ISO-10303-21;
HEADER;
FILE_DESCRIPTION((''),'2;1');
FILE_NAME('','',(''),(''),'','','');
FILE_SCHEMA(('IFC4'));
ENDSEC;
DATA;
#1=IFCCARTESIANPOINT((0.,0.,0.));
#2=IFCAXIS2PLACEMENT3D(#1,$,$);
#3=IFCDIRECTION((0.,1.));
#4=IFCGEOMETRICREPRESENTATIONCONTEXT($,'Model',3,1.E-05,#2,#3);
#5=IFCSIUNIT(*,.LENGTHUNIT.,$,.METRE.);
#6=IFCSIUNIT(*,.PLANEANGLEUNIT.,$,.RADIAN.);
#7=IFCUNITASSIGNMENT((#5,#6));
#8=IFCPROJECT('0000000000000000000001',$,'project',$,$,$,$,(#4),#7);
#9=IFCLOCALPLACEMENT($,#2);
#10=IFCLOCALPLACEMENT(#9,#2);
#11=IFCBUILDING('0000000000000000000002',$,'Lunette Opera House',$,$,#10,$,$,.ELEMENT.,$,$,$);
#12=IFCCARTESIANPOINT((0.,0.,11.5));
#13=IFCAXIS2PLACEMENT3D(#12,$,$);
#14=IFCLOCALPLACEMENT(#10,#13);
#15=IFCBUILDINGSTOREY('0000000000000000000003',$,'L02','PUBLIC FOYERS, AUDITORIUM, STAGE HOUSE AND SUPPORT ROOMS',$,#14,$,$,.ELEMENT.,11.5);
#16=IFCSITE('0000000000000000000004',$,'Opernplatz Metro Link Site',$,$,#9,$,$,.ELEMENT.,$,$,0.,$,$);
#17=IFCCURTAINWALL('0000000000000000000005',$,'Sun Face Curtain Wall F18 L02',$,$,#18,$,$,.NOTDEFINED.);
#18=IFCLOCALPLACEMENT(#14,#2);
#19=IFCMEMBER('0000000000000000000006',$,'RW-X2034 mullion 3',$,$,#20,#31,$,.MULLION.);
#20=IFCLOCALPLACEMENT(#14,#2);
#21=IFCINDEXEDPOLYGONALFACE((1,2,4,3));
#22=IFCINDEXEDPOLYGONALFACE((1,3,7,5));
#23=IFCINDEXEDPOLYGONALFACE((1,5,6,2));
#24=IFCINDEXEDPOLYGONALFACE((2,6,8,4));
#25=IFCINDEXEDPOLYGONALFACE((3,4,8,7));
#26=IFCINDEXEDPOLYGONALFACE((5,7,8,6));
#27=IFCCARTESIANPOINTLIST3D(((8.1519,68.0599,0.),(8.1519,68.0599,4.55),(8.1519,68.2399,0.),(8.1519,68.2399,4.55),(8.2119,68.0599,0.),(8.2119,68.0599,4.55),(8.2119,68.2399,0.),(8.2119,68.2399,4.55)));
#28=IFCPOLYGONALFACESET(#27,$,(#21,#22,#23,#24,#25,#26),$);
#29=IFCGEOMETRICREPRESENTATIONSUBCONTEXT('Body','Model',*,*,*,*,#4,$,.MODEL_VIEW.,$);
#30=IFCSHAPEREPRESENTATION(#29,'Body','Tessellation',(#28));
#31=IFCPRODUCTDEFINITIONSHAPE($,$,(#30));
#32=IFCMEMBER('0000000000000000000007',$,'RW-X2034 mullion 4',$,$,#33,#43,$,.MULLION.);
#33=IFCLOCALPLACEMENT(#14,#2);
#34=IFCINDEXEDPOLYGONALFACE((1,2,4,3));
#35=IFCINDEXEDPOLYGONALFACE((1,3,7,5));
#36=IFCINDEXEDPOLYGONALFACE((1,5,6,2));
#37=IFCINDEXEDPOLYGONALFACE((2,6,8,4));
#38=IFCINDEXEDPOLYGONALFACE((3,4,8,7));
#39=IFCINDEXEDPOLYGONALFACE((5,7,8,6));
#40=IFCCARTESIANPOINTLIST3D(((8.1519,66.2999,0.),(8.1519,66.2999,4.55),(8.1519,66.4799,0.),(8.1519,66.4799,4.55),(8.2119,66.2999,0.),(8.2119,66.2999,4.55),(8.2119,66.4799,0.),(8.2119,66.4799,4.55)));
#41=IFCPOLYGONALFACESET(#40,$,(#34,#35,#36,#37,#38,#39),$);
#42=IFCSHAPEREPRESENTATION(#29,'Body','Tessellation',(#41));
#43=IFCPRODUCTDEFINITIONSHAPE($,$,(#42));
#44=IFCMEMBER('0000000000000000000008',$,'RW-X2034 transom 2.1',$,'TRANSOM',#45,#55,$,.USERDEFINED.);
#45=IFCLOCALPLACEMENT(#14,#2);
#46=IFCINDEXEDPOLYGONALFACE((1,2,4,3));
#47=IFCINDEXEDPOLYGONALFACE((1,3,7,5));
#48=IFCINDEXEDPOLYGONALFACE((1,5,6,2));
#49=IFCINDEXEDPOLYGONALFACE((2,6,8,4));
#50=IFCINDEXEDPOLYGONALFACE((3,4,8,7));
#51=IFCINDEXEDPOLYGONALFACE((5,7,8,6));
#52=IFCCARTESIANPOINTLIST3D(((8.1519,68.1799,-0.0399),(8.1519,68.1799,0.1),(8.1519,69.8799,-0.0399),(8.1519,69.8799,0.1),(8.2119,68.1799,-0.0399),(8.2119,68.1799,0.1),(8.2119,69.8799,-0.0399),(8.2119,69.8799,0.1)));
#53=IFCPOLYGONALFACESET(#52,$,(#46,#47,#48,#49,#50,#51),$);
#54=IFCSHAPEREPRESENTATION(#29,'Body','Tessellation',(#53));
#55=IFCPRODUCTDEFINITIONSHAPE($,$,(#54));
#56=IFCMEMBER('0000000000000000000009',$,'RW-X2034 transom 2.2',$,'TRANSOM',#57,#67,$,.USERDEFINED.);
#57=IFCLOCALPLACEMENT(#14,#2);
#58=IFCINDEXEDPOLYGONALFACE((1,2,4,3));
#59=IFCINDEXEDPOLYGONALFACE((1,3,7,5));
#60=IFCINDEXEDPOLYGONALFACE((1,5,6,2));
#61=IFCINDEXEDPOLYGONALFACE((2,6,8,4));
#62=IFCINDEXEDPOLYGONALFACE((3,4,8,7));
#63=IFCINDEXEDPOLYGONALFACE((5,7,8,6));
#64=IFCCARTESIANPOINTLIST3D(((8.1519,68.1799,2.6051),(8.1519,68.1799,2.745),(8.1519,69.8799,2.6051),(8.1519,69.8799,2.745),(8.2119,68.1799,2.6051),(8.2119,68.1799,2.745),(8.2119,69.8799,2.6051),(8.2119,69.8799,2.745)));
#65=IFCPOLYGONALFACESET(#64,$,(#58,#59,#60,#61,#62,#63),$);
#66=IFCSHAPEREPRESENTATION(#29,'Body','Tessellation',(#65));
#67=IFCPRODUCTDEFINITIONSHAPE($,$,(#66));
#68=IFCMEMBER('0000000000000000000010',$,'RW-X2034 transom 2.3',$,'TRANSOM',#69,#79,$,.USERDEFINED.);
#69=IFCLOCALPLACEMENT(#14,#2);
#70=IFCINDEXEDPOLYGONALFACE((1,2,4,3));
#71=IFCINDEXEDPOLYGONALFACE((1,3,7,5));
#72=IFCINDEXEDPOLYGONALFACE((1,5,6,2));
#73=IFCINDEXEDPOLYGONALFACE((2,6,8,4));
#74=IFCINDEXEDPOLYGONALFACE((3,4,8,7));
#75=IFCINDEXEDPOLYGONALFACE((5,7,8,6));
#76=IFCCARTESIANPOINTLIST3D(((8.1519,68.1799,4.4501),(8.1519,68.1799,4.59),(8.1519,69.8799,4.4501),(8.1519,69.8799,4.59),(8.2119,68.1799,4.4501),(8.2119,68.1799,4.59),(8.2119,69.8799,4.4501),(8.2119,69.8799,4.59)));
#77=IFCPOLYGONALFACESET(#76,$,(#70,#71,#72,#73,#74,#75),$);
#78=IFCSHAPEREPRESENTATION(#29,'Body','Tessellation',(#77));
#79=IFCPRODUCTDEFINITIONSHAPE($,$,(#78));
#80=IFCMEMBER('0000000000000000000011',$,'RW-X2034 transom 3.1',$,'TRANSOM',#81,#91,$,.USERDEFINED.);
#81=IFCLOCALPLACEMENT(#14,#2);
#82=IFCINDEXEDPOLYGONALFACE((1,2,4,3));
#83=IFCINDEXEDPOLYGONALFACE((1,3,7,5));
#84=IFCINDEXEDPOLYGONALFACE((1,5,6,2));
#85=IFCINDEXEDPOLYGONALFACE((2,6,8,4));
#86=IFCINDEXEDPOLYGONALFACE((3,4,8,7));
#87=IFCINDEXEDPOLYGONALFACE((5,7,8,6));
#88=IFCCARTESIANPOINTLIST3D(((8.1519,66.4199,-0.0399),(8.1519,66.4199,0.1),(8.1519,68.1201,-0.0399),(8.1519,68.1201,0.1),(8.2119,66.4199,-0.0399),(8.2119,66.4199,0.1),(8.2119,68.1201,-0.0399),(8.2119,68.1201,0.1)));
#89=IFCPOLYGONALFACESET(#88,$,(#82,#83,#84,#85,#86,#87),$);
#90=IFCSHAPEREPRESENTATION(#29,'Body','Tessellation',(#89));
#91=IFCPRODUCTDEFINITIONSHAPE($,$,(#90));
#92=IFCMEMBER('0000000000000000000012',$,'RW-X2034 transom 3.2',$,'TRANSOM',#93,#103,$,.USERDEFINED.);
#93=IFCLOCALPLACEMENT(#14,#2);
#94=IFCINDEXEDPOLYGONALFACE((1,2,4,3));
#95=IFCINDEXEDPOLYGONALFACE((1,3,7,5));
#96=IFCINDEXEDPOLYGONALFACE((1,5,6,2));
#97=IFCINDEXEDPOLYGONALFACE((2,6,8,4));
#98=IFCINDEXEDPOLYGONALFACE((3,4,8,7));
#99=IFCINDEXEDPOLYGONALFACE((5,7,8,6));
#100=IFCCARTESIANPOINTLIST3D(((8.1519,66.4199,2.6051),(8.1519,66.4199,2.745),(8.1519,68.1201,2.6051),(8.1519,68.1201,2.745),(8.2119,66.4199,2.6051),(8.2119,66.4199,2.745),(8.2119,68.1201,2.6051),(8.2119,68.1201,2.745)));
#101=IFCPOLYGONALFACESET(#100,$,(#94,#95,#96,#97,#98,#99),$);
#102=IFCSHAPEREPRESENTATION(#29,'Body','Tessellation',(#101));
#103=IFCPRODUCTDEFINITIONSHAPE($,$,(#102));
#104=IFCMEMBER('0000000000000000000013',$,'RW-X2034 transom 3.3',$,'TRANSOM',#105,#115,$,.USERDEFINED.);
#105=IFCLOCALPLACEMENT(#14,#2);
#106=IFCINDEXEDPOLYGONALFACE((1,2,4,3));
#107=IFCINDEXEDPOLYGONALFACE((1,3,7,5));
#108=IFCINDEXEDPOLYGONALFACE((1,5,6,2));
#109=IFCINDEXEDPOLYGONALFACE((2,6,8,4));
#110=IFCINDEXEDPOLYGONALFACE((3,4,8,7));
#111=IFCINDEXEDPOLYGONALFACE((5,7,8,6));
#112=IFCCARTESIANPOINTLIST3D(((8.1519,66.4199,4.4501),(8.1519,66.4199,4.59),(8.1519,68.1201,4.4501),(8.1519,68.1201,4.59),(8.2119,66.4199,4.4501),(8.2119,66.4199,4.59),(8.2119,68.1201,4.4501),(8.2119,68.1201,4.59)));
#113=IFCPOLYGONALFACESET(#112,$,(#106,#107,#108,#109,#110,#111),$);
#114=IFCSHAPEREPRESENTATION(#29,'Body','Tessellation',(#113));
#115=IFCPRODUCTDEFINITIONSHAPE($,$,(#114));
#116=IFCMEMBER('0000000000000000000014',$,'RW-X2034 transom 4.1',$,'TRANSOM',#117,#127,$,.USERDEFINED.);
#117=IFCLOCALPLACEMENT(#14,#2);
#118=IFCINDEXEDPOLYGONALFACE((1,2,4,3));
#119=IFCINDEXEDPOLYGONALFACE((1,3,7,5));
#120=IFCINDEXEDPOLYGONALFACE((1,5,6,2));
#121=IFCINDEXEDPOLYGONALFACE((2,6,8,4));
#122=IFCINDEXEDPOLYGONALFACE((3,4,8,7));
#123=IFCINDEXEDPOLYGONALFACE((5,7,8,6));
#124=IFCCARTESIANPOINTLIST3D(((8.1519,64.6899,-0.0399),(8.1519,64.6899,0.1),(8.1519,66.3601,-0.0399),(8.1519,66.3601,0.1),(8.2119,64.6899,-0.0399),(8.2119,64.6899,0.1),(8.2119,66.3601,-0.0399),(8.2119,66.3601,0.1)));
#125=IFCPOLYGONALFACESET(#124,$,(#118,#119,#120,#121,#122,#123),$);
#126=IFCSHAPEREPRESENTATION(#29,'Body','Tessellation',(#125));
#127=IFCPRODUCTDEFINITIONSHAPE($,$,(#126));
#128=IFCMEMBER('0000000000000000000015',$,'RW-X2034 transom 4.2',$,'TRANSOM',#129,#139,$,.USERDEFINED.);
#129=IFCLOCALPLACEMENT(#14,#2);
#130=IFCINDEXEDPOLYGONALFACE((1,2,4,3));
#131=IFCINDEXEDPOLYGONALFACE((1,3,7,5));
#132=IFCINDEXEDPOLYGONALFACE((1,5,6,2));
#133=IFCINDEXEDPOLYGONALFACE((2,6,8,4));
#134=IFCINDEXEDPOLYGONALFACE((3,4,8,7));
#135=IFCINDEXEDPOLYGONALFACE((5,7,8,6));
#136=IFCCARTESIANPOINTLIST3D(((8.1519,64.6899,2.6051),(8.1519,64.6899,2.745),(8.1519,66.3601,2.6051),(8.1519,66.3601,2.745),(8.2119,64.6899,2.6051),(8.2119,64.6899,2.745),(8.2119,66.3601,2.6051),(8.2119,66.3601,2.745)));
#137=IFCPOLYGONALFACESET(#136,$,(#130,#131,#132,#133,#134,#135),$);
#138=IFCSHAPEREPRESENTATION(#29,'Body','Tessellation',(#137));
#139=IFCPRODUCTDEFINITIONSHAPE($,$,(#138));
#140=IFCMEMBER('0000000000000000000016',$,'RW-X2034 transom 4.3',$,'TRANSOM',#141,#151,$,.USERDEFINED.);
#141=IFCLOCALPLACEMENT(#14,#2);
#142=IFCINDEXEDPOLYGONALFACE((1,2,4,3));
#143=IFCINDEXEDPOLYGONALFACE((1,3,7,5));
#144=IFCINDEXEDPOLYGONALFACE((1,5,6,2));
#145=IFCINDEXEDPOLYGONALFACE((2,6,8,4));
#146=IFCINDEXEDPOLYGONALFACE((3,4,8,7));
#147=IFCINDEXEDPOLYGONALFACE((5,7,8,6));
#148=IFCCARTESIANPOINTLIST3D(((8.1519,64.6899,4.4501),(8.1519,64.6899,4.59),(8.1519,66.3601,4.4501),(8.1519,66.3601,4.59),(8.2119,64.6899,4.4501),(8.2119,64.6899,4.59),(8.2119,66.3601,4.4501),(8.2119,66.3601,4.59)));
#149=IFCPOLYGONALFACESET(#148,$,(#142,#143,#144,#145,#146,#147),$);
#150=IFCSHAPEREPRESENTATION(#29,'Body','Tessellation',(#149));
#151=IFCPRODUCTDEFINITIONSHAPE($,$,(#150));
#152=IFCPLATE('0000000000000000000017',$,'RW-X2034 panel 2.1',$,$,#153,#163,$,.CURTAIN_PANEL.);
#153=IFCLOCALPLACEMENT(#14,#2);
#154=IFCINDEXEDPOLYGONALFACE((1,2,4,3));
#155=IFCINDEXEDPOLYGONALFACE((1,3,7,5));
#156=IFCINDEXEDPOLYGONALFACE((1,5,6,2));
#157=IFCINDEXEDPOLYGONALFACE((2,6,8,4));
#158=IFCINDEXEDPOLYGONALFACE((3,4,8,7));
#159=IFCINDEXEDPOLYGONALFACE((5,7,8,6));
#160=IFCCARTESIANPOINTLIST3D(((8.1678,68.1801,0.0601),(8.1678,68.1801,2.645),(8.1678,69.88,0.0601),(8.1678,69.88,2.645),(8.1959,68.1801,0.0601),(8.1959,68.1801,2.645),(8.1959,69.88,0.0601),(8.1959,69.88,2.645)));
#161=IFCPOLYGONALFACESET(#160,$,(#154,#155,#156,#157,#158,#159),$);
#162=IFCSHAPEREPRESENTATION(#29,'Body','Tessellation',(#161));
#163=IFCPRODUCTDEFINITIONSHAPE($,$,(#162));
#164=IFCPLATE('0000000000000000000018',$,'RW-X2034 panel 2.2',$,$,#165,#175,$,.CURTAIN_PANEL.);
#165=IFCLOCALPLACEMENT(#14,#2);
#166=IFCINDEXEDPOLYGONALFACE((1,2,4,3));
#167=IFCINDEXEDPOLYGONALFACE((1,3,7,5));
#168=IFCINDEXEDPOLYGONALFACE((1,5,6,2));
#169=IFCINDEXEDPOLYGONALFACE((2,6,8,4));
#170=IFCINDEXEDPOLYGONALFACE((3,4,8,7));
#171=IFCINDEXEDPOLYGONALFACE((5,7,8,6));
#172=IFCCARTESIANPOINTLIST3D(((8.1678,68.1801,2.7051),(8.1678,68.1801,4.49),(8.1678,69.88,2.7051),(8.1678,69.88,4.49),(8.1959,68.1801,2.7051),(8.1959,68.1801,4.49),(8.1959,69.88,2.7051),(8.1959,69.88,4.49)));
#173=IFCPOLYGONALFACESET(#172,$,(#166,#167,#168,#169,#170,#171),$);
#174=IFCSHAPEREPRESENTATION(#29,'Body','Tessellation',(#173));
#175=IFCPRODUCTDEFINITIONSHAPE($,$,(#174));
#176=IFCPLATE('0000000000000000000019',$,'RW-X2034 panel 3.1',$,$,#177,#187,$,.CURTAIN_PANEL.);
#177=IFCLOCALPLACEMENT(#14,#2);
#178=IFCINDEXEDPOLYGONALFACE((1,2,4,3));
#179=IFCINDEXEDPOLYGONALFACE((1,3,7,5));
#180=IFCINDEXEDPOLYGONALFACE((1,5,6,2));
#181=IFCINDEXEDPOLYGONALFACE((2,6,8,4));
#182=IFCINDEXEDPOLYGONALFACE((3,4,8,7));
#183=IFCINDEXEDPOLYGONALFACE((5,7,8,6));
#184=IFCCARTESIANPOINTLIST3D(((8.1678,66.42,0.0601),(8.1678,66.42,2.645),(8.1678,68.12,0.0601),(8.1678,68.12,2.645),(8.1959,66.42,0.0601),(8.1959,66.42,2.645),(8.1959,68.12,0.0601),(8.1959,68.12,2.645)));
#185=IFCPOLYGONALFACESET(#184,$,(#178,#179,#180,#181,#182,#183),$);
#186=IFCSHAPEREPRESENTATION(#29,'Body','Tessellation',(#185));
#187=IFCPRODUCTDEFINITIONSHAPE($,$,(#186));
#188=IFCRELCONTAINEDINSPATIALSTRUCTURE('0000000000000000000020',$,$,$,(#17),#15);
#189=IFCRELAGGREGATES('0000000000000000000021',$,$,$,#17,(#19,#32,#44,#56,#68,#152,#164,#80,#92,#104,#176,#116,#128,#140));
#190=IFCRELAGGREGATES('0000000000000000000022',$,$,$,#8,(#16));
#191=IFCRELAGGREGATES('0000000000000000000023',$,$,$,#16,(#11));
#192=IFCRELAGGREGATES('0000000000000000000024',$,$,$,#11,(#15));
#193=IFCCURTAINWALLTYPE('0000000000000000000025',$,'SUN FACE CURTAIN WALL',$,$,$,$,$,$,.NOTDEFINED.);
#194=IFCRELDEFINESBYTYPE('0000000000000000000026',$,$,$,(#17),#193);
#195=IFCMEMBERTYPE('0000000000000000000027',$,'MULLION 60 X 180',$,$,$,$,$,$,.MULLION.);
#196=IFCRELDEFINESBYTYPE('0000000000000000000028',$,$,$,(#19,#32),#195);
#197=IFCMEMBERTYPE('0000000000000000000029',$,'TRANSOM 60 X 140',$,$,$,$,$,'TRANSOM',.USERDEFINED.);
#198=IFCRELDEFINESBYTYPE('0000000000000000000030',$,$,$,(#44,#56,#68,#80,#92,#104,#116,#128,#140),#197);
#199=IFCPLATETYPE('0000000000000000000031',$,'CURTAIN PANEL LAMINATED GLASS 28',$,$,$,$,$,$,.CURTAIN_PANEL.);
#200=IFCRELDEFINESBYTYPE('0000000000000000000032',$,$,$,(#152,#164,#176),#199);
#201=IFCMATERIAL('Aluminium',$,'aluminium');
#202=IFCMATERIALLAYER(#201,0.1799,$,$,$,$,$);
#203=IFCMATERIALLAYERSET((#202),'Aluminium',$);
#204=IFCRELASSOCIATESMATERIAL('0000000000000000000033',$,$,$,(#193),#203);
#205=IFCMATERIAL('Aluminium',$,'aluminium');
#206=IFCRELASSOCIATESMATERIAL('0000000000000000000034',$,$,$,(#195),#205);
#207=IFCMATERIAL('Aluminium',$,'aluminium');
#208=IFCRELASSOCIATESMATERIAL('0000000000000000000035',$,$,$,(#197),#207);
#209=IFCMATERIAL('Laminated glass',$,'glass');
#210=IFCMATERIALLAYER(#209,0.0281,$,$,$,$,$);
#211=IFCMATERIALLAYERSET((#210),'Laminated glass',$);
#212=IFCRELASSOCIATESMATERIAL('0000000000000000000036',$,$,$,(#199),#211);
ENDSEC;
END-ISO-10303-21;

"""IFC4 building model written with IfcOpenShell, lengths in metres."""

from ifc_helpers import new_model, si_unit, direction, frame, origin, origin_2d, place, context, subcontext, project, spatial, rectangle, extrude, material, layer, layer_set, material_profile, profile_set, type_object, element, aggregate, save


model = new_model("IFC4")

# Units and contexts
model_context = context("Model", 3, precision=1e-05, world=origin(), true_north=direction((0.0, 1.0)))
body_context = subcontext(model_context, "Body", "Model", "MODEL_VIEW")
ifc_project = project(units=[si_unit("LENGTHUNIT", "METRE"), si_unit("PLANEANGLEUNIT", "RADIAN")], contexts=[model_context])

# Site, building, storey
site_placement = place(None, origin())
site = spatial("IfcSite", under=ifc_project, at=site_placement, Name="Opernplatz Metro Link Site", CompositionType="ELEMENT", RefElevation=0.0)
building_placement = place(site_placement, origin())
building = spatial("IfcBuilding", under=site, at=building_placement, Name="Lunette Opera House", CompositionType="ELEMENT")
storey_placement = place(building_placement, frame((0.0, 0.0, 11.5)))
storey = spatial("IfcBuildingStorey", under=building, at=storey_placement, Name="L02", Description="PUBLIC FOYERS, AUDITORIUM, STAGE HOUSE AND SUPPORT ROOMS", CompositionType="ELEMENT", Elevation=11.5)

# Curtain wall, members, plates
ifc_material_1 = material(Name="Aluminium", Category="aluminium")
ifc_layer_1 = layer(ifc_material_1, 0.1799)
ifc_layer_set_1 = layer_set([ifc_layer_1], Name="Aluminium")
curtain_wall_type = type_object("IfcCurtainWallType", Name="SUN FACE CURTAIN WALL", PredefinedType="NOTDEFINED", material=ifc_layer_set_1)
curtain_wall_placement = place(storey_placement, origin())
curtain_wall = element("IfcCurtainWall", 1, at=curtain_wall_placement, inside=storey, type_object=curtain_wall_type, Name="Sun Face Curtain Wall F18 L02", PredefinedType="NOTDEFINED")
ifc_material_2 = material(Name="Aluminium", Category="aluminium")
ifc_material_profile_1 = material_profile(ifc_material_2, rectangle(XDim=0.0601, YDim=0.1799, at=origin_2d()), Name="MULLION 60 X 180")
ifc_profile_set_1 = profile_set([ifc_material_profile_1], Name="Aluminium")
member_type_1 = type_object("IfcMemberType", Name="MULLION 60 X 180", PredefinedType="MULLION", material=ifc_profile_set_1)
member_1_placement = place(storey_placement, frame((8.1819, 68.1499, 0.0), z_axis=(0.0, 0.0, 1.0), x_axis=(1.0, 0.0, 0.0)))
member_1 = element("IfcMember", 2, at=member_1_placement, type_object=member_type_1, Name="RW-X2034 mullion 3", PredefinedType="MULLION", context=body_context, shape_type="SweptSolid", body=[
    extrude(rectangle(XDim=0.0601, YDim=0.1799, at=origin_2d()), origin(), (0.0, 0.0, 1.0), 4.55),
])
member_2_placement = place(storey_placement, frame((8.1819, 66.3899, 0.0), z_axis=(0.0, 0.0, 1.0), x_axis=(1.0, 0.0, 0.0)))
member_2 = element("IfcMember", 3, at=member_2_placement, type_object=member_type_1, Name="RW-X2034 mullion 4", PredefinedType="MULLION", context=body_context, shape_type="SweptSolid", body=[
    extrude(rectangle(XDim=0.0601, YDim=0.1799, at=origin_2d()), origin(), (0.0, 0.0, 1.0), 4.55),
])
ifc_material_3 = material(Name="Aluminium", Category="aluminium")
ifc_material_profile_2 = material_profile(ifc_material_3, rectangle(XDim=0.0601, YDim=0.1399, at=origin_2d()), Name="TRANSOM 60 X 140")
ifc_profile_set_2 = profile_set([ifc_material_profile_2], Name="Aluminium")
member_type_2 = type_object("IfcMemberType", Name="TRANSOM 60 X 140", ElementType="TRANSOM", PredefinedType="USERDEFINED", material=ifc_profile_set_2)
member_3_placement = place(storey_placement, frame((8.1819, 69.8799, 0.03), z_axis=(0.0, -1.0, 0.0), x_axis=(1.0, 0.0, 0.0)))
member_3 = element("IfcMember", 4, at=member_3_placement, type_object=member_type_2, Name="RW-X2034 transom 2.1", ObjectType="TRANSOM", PredefinedType="USERDEFINED", context=body_context, shape_type="SweptSolid", body=[
    extrude(rectangle(XDim=0.0601, YDim=0.1399, at=origin_2d()), origin(), (0.0, 0.0, 1.0), 1.7),
])
member_4_placement = place(storey_placement, frame((8.1819, 69.8799, 2.675), z_axis=(0.0, -1.0, 0.0), x_axis=(1.0, 0.0, 0.0)))
member_4 = element("IfcMember", 5, at=member_4_placement, type_object=member_type_2, Name="RW-X2034 transom 2.2", ObjectType="TRANSOM", PredefinedType="USERDEFINED", context=body_context, shape_type="SweptSolid", body=[
    extrude(rectangle(XDim=0.0601, YDim=0.1399, at=origin_2d()), origin(), (0.0, 0.0, 1.0), 1.7),
])
member_5_placement = place(storey_placement, frame((8.1819, 69.8799, 4.52), z_axis=(0.0, -1.0, 0.0), x_axis=(1.0, 0.0, 0.0)))
member_5 = element("IfcMember", 6, at=member_5_placement, type_object=member_type_2, Name="RW-X2034 transom 2.3", ObjectType="TRANSOM", PredefinedType="USERDEFINED", context=body_context, shape_type="SweptSolid", body=[
    extrude(rectangle(XDim=0.0601, YDim=0.1399, at=origin_2d()), origin(), (0.0, 0.0, 1.0), 1.7),
])
member_6_placement = place(storey_placement, frame((8.1819, 68.1201, 0.03), z_axis=(0.0, -1.0, 0.0), x_axis=(1.0, 0.0, 0.0)))
member_6 = element("IfcMember", 7, at=member_6_placement, type_object=member_type_2, Name="RW-X2034 transom 3.1", ObjectType="TRANSOM", PredefinedType="USERDEFINED", context=body_context, shape_type="SweptSolid", body=[
    extrude(rectangle(XDim=0.0601, YDim=0.1399, at=origin_2d()), origin(), (0.0, 0.0, 1.0), 1.7002),
])
member_7_placement = place(storey_placement, frame((8.1819, 68.1201, 2.675), z_axis=(0.0, -1.0, 0.0), x_axis=(1.0, 0.0, 0.0)))
member_7 = element("IfcMember", 8, at=member_7_placement, type_object=member_type_2, Name="RW-X2034 transom 3.2", ObjectType="TRANSOM", PredefinedType="USERDEFINED", context=body_context, shape_type="SweptSolid", body=[
    extrude(rectangle(XDim=0.0601, YDim=0.1399, at=origin_2d()), origin(), (0.0, 0.0, 1.0), 1.7002),
])
member_8_placement = place(storey_placement, frame((8.1819, 68.1201, 4.52), z_axis=(0.0, -1.0, 0.0), x_axis=(1.0, 0.0, 0.0)))
member_8 = element("IfcMember", 9, at=member_8_placement, type_object=member_type_2, Name="RW-X2034 transom 3.3", ObjectType="TRANSOM", PredefinedType="USERDEFINED", context=body_context, shape_type="SweptSolid", body=[
    extrude(rectangle(XDim=0.0601, YDim=0.1399, at=origin_2d()), origin(), (0.0, 0.0, 1.0), 1.7002),
])
member_9_placement = place(storey_placement, frame((8.1819, 66.3601, 0.03), z_axis=(0.0, -1.0, 0.0), x_axis=(1.0, 0.0, 0.0)))
member_9 = element("IfcMember", 10, at=member_9_placement, type_object=member_type_2, Name="RW-X2034 transom 4.1", ObjectType="TRANSOM", PredefinedType="USERDEFINED", context=body_context, shape_type="SweptSolid", body=[
    extrude(rectangle(XDim=0.0601, YDim=0.1399, at=origin_2d()), origin(), (0.0, 0.0, 1.0), 1.6702),
])
member_10_placement = place(storey_placement, frame((8.1819, 66.3601, 2.675), z_axis=(0.0, -1.0, 0.0), x_axis=(1.0, 0.0, 0.0)))
member_10 = element("IfcMember", 11, at=member_10_placement, type_object=member_type_2, Name="RW-X2034 transom 4.2", ObjectType="TRANSOM", PredefinedType="USERDEFINED", context=body_context, shape_type="SweptSolid", body=[
    extrude(rectangle(XDim=0.0601, YDim=0.1399, at=origin_2d()), origin(), (0.0, 0.0, 1.0), 1.6702),
])
member_11_placement = place(storey_placement, frame((8.1819, 66.3601, 4.52), z_axis=(0.0, -1.0, 0.0), x_axis=(1.0, 0.0, 0.0)))
member_11 = element("IfcMember", 12, at=member_11_placement, type_object=member_type_2, Name="RW-X2034 transom 4.3", ObjectType="TRANSOM", PredefinedType="USERDEFINED", context=body_context, shape_type="SweptSolid", body=[
    extrude(rectangle(XDim=0.0601, YDim=0.1399, at=origin_2d()), origin(), (0.0, 0.0, 1.0), 1.6702),
])
ifc_material_4 = material(Name="Laminated glass", Category="glass")
ifc_layer_2 = layer(ifc_material_4, 0.0281)
ifc_layer_set_2 = layer_set([ifc_layer_2], Name="Laminated glass")
plate_type = type_object("IfcPlateType", Name="CURTAIN PANEL LAMINATED GLASS 28", PredefinedType="CURTAIN_PANEL", material=ifc_layer_set_2)
plate_1_placement = place(storey_placement, frame((8.1819, 69.03, 0.0601), z_axis=(0.0, 0.0, 1.0), x_axis=(0.0, -1.0, 0.0)))
plate_1 = element("IfcPlate", 13, at=plate_1_placement, type_object=plate_type, Name="RW-X2034 panel 2.1", PredefinedType="CURTAIN_PANEL", context=body_context, shape_type="SweptSolid", body=[
    extrude(rectangle(XDim=1.7, YDim=0.0281, at=origin_2d()), origin(), (0.0, 0.0, 1.0), 2.585),
])
plate_2_placement = place(storey_placement, frame((8.1819, 69.03, 2.7051), z_axis=(0.0, 0.0, 1.0), x_axis=(0.0, -1.0, 0.0)))
plate_2 = element("IfcPlate", 14, at=plate_2_placement, type_object=plate_type, Name="RW-X2034 panel 2.2", PredefinedType="CURTAIN_PANEL", context=body_context, shape_type="SweptSolid", body=[
    extrude(rectangle(XDim=1.7, YDim=0.0281, at=origin_2d()), origin(), (0.0, 0.0, 1.0), 1.7849),
])
plate_3_placement = place(storey_placement, frame((8.1819, 67.27, 0.0601), z_axis=(0.0, 0.0, 1.0), x_axis=(0.0, -1.0, 0.0)))
plate_3 = element("IfcPlate", 15, at=plate_3_placement, type_object=plate_type, Name="RW-X2034 panel 3.1", PredefinedType="CURTAIN_PANEL", context=body_context, shape_type="SweptSolid", body=[
    extrude(rectangle(XDim=1.7, YDim=0.0281, at=origin_2d()), origin(), (0.0, 0.0, 1.0), 2.585),
])
aggregate(curtain_wall, [member_1, member_2, member_3, member_4, member_5, plate_1, plate_2, member_6, member_7, member_8, plate_3, member_9, member_10, member_11])

save(model, "model.ifc")
